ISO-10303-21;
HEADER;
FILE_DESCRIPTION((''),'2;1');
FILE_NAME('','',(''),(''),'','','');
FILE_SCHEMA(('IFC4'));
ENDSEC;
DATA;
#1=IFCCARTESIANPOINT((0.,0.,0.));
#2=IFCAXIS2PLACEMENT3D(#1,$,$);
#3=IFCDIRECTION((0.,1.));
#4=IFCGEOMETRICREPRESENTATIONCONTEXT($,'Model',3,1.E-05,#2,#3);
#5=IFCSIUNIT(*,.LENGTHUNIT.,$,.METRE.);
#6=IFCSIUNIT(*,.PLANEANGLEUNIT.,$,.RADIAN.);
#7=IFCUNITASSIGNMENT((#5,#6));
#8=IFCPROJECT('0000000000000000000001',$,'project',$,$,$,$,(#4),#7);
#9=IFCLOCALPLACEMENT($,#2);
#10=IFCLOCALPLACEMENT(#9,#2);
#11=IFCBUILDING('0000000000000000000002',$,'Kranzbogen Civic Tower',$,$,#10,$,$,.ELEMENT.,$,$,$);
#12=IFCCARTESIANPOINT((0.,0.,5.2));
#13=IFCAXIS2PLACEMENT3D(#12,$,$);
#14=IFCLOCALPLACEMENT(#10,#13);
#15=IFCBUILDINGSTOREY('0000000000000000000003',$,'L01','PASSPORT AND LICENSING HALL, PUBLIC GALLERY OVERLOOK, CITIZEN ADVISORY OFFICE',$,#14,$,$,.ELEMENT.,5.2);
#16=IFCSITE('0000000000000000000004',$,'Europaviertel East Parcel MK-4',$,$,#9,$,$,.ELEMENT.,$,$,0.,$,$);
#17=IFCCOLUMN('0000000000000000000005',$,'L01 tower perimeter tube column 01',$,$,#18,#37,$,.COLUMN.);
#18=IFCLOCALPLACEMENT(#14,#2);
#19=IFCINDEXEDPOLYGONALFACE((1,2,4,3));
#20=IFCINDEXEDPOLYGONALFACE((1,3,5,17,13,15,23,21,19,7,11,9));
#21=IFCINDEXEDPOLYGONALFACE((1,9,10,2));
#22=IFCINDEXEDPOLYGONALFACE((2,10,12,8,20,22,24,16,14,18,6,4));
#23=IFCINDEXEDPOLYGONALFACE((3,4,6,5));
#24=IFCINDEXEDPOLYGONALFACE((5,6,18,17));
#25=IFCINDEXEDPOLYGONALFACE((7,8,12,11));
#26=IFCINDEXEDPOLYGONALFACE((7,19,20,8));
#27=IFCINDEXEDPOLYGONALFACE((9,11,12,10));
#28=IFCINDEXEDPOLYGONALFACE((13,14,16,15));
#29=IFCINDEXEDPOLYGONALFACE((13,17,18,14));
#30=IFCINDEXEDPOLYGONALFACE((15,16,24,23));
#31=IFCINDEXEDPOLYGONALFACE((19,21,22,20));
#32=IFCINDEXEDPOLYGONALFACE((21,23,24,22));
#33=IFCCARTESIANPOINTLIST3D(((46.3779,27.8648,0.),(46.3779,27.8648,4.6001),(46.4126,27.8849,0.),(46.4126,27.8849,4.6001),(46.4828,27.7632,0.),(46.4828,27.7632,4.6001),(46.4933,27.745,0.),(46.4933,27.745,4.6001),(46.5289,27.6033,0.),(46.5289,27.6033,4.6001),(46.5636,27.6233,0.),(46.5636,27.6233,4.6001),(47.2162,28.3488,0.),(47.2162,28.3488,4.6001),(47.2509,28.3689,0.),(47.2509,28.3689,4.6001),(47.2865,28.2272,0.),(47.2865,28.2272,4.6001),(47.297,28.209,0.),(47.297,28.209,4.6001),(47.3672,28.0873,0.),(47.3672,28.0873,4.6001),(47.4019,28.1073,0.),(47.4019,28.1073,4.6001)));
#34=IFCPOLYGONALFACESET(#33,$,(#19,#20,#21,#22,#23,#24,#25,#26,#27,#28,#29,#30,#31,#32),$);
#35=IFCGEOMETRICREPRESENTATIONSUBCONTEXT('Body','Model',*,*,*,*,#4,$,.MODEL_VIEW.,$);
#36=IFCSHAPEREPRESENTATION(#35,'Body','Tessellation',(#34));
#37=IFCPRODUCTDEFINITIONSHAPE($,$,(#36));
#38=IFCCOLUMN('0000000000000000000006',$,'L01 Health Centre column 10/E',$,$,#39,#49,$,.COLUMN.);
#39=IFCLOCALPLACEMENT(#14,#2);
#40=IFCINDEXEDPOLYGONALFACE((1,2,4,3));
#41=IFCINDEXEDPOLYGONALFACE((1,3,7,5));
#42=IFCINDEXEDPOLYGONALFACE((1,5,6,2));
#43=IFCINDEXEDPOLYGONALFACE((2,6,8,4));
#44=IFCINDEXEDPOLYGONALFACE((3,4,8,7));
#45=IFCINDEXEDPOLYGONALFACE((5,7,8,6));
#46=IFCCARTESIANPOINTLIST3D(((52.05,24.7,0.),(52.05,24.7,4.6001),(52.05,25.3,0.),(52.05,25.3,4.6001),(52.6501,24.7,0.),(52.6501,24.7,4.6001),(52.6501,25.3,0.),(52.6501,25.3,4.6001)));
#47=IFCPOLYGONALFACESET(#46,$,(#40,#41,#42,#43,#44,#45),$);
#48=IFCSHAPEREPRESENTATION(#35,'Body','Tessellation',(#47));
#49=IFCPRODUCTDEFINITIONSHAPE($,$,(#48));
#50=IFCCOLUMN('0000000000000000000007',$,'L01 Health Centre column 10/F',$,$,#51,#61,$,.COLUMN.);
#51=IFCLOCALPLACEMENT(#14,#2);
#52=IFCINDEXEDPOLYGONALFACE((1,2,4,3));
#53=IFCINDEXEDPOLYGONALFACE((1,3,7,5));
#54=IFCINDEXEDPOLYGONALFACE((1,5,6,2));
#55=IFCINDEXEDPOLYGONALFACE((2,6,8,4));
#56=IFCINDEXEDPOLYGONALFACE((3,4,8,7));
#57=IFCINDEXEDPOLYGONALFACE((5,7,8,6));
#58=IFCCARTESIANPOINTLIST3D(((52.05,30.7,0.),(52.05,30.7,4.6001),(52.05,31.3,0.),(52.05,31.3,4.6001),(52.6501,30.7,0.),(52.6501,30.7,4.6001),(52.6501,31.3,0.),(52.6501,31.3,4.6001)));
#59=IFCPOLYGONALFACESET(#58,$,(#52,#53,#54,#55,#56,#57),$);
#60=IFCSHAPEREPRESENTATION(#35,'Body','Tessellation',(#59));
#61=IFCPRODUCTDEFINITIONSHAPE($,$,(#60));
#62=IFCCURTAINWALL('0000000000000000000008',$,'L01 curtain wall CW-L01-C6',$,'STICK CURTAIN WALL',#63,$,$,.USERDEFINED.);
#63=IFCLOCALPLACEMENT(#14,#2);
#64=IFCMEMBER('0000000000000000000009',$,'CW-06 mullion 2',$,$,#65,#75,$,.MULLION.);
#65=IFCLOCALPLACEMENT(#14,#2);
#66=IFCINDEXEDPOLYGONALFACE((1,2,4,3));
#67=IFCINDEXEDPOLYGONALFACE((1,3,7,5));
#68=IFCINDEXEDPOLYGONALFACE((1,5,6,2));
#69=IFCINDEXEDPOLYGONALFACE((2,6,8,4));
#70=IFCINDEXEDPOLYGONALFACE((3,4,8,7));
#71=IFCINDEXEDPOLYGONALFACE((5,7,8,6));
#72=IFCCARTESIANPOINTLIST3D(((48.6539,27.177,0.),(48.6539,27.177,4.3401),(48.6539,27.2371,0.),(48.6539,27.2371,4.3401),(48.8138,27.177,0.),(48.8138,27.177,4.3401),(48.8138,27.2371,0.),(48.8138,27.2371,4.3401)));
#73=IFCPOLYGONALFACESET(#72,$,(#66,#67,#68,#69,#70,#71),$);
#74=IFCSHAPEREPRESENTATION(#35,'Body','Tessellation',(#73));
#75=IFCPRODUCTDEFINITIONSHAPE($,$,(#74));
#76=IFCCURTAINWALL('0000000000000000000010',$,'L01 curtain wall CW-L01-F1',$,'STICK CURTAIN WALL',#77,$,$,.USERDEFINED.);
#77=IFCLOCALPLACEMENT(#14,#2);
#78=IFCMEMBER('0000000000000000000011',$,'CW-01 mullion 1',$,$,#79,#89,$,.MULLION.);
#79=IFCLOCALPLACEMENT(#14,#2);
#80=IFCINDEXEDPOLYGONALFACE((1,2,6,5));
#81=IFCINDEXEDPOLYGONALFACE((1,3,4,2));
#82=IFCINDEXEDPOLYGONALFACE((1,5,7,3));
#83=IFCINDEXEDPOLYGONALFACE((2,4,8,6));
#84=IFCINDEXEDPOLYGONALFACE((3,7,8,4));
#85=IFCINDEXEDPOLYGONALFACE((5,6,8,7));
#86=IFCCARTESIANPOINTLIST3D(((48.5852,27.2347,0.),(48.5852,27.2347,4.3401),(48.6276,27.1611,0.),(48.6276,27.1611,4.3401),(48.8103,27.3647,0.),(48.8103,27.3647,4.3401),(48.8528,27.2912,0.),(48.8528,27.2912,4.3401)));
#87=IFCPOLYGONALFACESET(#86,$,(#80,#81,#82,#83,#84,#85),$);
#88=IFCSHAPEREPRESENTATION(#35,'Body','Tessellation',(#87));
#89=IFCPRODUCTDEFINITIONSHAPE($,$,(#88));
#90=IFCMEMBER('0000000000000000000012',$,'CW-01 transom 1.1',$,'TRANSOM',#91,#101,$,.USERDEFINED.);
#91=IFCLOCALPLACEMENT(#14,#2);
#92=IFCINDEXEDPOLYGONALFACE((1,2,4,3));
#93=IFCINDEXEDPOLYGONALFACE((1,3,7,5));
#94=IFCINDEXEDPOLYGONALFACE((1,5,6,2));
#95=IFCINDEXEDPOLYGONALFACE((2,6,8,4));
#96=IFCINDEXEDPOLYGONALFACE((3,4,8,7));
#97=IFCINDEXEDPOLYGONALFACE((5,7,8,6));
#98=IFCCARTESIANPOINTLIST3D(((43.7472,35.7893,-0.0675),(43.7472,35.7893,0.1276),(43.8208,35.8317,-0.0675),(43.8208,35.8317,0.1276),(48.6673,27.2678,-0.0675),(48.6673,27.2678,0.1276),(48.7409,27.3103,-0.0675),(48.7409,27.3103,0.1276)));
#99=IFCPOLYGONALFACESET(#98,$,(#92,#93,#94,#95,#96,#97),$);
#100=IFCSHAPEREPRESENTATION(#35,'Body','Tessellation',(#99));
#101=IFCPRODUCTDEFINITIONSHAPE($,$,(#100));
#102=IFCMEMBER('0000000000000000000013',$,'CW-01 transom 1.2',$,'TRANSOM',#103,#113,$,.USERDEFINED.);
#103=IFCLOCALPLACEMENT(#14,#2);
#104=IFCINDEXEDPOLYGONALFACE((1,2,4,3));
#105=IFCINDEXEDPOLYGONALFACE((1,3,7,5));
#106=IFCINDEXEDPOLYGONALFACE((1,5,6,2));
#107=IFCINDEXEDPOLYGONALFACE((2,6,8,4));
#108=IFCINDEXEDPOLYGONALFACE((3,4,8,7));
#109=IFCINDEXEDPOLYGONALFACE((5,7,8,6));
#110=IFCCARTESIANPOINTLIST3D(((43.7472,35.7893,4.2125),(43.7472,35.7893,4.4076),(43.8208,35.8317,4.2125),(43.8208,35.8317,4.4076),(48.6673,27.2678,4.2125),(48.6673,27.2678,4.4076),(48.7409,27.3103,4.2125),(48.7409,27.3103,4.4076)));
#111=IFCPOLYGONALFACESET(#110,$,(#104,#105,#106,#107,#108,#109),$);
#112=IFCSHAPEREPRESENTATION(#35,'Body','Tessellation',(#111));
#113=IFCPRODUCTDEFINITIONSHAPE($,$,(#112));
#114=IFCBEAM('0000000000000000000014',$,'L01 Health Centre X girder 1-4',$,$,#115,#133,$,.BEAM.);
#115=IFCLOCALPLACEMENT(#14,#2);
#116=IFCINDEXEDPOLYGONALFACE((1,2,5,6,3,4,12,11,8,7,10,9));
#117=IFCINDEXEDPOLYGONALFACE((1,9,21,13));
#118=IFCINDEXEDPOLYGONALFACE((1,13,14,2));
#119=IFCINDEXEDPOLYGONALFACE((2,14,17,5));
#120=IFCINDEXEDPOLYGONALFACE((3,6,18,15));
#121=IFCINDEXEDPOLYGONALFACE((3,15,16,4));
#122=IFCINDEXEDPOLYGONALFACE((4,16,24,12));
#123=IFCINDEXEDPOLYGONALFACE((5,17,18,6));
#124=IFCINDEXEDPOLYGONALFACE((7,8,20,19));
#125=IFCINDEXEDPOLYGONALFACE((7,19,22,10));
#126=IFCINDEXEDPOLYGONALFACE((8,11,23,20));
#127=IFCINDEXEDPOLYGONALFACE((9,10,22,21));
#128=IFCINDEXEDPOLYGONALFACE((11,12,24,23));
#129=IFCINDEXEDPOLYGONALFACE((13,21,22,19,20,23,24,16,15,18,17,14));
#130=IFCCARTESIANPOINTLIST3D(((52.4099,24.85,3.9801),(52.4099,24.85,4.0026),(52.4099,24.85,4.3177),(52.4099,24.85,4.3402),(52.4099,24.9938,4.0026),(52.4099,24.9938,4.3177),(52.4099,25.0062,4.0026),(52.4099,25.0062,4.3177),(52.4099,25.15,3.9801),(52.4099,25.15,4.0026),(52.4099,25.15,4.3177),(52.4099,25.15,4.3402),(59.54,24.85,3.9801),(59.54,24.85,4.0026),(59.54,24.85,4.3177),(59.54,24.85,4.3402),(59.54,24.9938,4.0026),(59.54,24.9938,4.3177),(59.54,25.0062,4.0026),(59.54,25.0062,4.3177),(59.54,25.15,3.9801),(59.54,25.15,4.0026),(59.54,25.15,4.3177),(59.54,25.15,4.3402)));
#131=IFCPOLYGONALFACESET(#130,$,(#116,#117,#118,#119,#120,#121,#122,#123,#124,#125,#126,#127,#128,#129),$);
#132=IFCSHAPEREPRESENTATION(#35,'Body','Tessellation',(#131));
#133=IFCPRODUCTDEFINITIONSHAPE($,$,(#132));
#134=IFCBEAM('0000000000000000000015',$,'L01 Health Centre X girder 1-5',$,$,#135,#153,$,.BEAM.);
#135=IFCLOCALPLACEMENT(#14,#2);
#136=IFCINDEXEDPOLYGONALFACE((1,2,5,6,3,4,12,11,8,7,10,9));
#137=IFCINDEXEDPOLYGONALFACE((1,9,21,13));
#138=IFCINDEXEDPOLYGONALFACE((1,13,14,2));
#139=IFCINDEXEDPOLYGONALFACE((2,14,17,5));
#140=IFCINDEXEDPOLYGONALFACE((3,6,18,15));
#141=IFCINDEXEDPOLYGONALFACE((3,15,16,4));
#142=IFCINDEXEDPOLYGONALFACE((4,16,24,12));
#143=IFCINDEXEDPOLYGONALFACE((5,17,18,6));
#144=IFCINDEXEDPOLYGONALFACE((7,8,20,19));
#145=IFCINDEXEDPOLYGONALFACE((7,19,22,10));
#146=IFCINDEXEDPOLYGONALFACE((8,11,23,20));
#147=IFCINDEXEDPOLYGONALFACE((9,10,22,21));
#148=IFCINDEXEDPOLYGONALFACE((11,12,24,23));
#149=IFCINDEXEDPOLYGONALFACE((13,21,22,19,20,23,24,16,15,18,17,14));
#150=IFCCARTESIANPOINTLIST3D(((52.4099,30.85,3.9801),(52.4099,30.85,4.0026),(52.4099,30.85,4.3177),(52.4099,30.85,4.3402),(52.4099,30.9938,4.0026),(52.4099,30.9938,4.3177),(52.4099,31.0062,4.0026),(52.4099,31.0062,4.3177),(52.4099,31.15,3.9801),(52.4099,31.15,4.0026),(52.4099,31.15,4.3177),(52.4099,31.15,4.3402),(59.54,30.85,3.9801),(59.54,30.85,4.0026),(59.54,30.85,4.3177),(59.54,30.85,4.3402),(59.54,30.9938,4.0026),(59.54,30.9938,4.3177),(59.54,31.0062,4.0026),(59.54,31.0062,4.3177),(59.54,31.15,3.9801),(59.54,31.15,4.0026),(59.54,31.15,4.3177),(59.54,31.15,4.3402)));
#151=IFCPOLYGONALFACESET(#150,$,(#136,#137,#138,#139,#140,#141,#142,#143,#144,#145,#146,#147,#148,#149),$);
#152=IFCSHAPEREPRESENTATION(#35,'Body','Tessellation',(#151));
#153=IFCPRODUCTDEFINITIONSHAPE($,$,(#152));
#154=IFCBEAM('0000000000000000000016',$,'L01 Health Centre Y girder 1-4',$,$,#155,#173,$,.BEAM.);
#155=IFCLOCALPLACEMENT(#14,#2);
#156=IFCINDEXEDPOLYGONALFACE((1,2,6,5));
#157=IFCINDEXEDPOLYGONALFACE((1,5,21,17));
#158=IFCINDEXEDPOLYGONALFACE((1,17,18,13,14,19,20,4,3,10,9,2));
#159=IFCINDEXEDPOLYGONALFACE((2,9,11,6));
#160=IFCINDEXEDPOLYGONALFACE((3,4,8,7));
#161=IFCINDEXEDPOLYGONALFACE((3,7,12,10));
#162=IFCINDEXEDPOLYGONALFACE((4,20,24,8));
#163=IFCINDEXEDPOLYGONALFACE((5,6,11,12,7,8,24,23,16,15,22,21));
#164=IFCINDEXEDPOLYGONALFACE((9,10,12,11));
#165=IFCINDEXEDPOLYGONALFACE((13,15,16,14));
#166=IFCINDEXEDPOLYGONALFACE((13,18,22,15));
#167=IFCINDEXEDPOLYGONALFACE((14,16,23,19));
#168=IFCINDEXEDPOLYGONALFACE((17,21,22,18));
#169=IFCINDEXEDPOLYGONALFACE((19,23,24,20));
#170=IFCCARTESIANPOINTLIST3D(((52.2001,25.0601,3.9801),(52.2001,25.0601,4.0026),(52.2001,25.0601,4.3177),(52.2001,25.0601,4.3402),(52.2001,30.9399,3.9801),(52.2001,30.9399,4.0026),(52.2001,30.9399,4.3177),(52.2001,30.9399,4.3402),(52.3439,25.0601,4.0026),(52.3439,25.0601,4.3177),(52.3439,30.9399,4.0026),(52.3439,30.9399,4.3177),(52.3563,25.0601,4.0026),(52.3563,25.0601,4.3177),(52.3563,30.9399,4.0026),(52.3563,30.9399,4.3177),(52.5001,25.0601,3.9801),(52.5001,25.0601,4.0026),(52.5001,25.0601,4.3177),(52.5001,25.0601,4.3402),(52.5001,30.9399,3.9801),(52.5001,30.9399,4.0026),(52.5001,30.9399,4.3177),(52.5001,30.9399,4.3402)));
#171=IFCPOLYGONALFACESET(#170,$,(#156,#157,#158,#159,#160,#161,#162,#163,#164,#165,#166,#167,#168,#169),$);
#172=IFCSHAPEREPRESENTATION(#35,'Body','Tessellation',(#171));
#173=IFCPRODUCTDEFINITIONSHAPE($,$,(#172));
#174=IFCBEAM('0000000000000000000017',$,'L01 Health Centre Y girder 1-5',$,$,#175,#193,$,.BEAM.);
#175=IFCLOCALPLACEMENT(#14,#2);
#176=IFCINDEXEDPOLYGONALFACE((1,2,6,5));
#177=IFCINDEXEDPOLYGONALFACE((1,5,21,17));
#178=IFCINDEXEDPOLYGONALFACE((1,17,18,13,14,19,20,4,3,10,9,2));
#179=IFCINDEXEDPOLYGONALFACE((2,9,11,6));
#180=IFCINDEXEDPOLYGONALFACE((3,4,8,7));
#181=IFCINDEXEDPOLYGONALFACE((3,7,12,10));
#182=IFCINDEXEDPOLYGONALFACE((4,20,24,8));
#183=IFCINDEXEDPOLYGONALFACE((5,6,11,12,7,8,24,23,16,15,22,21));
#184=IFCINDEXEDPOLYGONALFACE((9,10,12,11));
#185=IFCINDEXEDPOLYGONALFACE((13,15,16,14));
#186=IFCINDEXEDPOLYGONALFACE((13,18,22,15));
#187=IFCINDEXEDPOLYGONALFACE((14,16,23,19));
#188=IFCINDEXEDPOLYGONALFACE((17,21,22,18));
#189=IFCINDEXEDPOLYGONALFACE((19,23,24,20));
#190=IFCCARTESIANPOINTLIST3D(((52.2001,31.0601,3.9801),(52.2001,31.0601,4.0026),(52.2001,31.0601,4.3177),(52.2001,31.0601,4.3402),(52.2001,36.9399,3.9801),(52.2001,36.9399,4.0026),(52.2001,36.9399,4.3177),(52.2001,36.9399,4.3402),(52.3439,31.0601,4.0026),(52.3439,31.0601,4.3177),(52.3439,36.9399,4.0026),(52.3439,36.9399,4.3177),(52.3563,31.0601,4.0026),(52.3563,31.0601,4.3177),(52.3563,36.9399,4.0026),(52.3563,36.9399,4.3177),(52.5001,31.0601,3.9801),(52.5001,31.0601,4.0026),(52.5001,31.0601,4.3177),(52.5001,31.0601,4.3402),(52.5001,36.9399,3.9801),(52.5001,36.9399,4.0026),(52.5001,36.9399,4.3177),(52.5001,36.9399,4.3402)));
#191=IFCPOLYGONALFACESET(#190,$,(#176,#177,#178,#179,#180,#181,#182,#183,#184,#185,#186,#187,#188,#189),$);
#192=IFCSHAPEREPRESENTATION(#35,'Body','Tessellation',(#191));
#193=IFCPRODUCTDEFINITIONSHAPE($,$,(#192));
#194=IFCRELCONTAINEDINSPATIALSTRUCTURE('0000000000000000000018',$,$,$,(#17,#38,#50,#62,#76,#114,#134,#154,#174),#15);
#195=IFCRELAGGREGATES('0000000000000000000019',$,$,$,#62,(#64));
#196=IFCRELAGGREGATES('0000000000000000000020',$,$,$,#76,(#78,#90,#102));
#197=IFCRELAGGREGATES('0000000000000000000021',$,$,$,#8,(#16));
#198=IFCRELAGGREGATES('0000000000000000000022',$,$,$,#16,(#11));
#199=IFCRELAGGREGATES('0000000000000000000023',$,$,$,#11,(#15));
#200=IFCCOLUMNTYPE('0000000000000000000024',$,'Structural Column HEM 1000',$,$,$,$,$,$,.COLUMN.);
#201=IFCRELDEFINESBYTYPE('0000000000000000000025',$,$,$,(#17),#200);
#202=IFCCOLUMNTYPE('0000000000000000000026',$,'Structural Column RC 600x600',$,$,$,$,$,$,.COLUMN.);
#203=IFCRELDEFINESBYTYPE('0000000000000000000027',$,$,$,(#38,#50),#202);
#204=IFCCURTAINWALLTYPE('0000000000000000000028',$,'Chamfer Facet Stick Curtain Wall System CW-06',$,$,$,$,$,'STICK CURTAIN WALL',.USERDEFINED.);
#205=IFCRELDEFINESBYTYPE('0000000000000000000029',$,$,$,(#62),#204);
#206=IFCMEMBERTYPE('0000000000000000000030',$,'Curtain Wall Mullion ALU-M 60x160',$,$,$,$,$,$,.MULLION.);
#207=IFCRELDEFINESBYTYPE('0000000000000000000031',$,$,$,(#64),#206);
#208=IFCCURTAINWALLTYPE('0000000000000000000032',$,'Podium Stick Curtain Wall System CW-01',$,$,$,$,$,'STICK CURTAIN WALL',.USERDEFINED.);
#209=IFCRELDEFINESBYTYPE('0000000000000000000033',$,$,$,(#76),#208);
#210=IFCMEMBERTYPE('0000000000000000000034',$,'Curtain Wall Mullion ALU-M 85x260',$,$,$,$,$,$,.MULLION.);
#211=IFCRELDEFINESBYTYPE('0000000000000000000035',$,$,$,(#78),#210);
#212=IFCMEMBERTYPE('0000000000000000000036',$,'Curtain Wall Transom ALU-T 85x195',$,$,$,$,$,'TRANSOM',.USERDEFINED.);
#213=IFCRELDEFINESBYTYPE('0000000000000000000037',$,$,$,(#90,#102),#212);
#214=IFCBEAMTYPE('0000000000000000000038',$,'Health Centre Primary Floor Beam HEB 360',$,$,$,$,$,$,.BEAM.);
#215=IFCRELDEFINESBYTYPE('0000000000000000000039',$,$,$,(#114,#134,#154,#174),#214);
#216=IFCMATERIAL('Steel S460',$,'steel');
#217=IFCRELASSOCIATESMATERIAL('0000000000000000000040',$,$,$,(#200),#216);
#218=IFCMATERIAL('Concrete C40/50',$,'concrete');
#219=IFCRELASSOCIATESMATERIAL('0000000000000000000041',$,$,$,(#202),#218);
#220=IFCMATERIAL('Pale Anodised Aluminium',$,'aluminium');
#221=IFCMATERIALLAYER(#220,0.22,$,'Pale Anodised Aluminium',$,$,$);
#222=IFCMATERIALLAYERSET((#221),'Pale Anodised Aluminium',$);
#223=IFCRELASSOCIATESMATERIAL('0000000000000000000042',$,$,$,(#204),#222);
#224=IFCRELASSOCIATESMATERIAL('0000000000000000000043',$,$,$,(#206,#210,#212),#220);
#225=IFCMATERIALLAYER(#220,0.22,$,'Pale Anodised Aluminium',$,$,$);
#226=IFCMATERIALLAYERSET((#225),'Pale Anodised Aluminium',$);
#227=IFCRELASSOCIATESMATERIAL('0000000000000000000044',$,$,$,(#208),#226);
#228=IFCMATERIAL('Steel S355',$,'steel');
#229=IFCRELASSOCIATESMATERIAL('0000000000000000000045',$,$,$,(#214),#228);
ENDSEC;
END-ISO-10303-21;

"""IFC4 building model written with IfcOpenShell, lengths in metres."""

from ifc_helpers import new_model, si_unit, direction, frame, origin, origin_2d, place, context, subcontext, project, spatial, rectangle, i_section, extrude, material, layer, layer_set, material_profile, profile_set, type_object, element, aggregate, save


model = new_model("IFC4")

# Units and contexts
model_context = context("Model", 3, precision=1e-05, world=origin(), true_north=direction((0.0, 1.0)))
body_context = subcontext(model_context, "Body", "Model", "MODEL_VIEW")
ifc_project = project(units=[si_unit("LENGTHUNIT", "METRE"), si_unit("PLANEANGLEUNIT", "RADIAN")], contexts=[model_context])

# Site, building, storey
site_placement = place(None, origin())
site = spatial("IfcSite", under=ifc_project, at=site_placement, Name="Europaviertel East Parcel MK-4", CompositionType="ELEMENT", RefElevation=0.0)
building_placement = place(site_placement, origin())
building = spatial("IfcBuilding", under=site, at=building_placement, Name="Kranzbogen Civic Tower", CompositionType="ELEMENT")
storey_placement = place(building_placement, frame((0.0, 0.0, 5.2)))
storey = spatial("IfcBuildingStorey", under=building, at=storey_placement, Name="L01", Description="PASSPORT AND LICENSING HALL, PUBLIC GALLERY OVERLOOK, CITIZEN ADVISORY OFFICE", CompositionType="ELEMENT", Elevation=5.2)

# Columns
ifc_material_1 = material(Name="Steel S460", Category="steel")
ifc_material_profile_1 = material_profile(ifc_material_1, i_section(OverallWidth=0.302, OverallDepth=1.0081, WebThickness=0.021, FlangeThickness=0.04, at=origin_2d()), Name="HEM 1000")
ifc_profile_set_1 = profile_set([ifc_material_profile_1], Name="Steel S460")
column_type_1 = type_object("IfcColumnType", Name="Structural Column HEM 1000", PredefinedType="COLUMN", material=ifc_profile_set_1)
column_placement = place(storey_placement, frame((46.8899, 27.9861, 0.0), z_axis=(0.0, 0.0, 1.0), x_axis=(-0.5, 0.866025, 0.0)))
element("IfcColumn", 1, at=column_placement, inside=storey, type_object=column_type_1, Name="L01 tower perimeter tube column 01", PredefinedType="COLUMN", context=body_context, shape_type="SweptSolid", body=[
    extrude(i_section(OverallWidth=0.302, OverallDepth=1.0081, WebThickness=0.021, FlangeThickness=0.04, at=origin_2d()), origin(), (0.0, 0.0, 1.0), 4.6001),
])
ifc_material_2 = material(Name="Concrete C40/50", Category="concrete")
ifc_material_profile_2 = material_profile(ifc_material_2, rectangle(XDim=0.6001, YDim=0.6001, at=origin_2d()), Name="RC 600x600")
ifc_profile_set_2 = profile_set([ifc_material_profile_2], Name="Concrete C40/50")
column_type_2 = type_object("IfcColumnType", Name="Structural Column RC 600x600", PredefinedType="COLUMN", material=ifc_profile_set_2)
for number, where, z_axis, x_axis, name in (
    (2, (52.3501, 25.0, 0.0), (0.0, 0.0, 1.0), (1.0, 0.0, 0.0), "L01 Health Centre column 10/E"),
    (3, (52.3501, 31.0, 0.0), (0.0, 0.0, 1.0), (1.0, 0.0, 0.0), "L01 Health Centre column 10/F"),
):
    element("IfcColumn", number, at=place(storey_placement, frame(where, z_axis=z_axis, x_axis=x_axis)), inside=storey, type_object=column_type_2, Name=name, PredefinedType="COLUMN", context=body_context, shape_type="SweptSolid", body=[
        extrude(rectangle(XDim=0.6001, YDim=0.6001, at=origin_2d()), origin(), (0.0, 0.0, 1.0), 4.6001),
    ])

# Curtain wall, member
ifc_material_3 = material(Name="Pale Anodised Aluminium", Category="aluminium")
ifc_layer_1 = layer(ifc_material_3, 0.22, Name="Pale Anodised Aluminium")
ifc_layer_set_1 = layer_set([ifc_layer_1], Name="Pale Anodised Aluminium")
curtain_wall_type_1 = type_object("IfcCurtainWallType", Name="Chamfer Facet Stick Curtain Wall System CW-06", ElementType="STICK CURTAIN WALL", PredefinedType="USERDEFINED", material=ifc_layer_set_1)
curtain_wall_1_placement = place(storey_placement, origin())
curtain_wall_1 = element("IfcCurtainWall", 4, at=curtain_wall_1_placement, inside=storey, type_object=curtain_wall_type_1, Name="L01 curtain wall CW-L01-C6", ObjectType="STICK CURTAIN WALL", PredefinedType="USERDEFINED")
ifc_material_profile_3 = material_profile(ifc_material_3, rectangle(XDim=0.0601, YDim=0.1599, at=origin_2d()), Name="ALU-M 60x160")
ifc_profile_set_3 = profile_set([ifc_material_profile_3], Name="Pale Anodised Aluminium")
member_type_1 = type_object("IfcMemberType", Name="Curtain Wall Mullion ALU-M 60x160", PredefinedType="MULLION", material=ifc_profile_set_3)
member_1_placement = place(storey_placement, frame((48.7339, 27.207, 0.0), z_axis=(0.0, 0.0, 1.0), x_axis=(0.0, 1.0, 0.0)))
member_1 = element("IfcMember", 5, at=member_1_placement, type_object=member_type_1, Name="CW-06 mullion 2", PredefinedType="MULLION", context=body_context, shape_type="SweptSolid", body=[
    extrude(rectangle(XDim=0.0601, YDim=0.1599, at=origin_2d()), origin(), (0.0, 0.0, 1.0), 4.3401),
])

# Curtain wall, members
ifc_layer_2 = layer(ifc_material_3, 0.22, Name="Pale Anodised Aluminium")
ifc_layer_set_2 = layer_set([ifc_layer_2], Name="Pale Anodised Aluminium")
curtain_wall_type_2 = type_object("IfcCurtainWallType", Name="Podium Stick Curtain Wall System CW-01", ElementType="STICK CURTAIN WALL", PredefinedType="USERDEFINED", material=ifc_layer_set_2)
curtain_wall_2_placement = place(storey_placement, origin())
curtain_wall_2 = element("IfcCurtainWall", 6, at=curtain_wall_2_placement, inside=storey, type_object=curtain_wall_type_2, Name="L01 curtain wall CW-L01-F1", ObjectType="STICK CURTAIN WALL", PredefinedType="USERDEFINED")
ifc_material_profile_4 = material_profile(ifc_material_3, rectangle(XDim=0.085, YDim=0.26, at=origin_2d()), Name="ALU-M 85x260")
ifc_profile_set_4 = profile_set([ifc_material_profile_4], Name="Pale Anodised Aluminium")
member_type_2 = type_object("IfcMemberType", Name="Curtain Wall Mullion ALU-M 85x260", PredefinedType="MULLION", material=ifc_profile_set_4)
member_2_placement = place(storey_placement, frame((48.719, 27.2629, 0.0), z_axis=(0.0, 0.0, 1.0), x_axis=(-0.500006, 0.866022, 0.0)))
member_2 = element("IfcMember", 7, at=member_2_placement, type_object=member_type_2, Name="CW-01 mullion 1", PredefinedType="MULLION", context=body_context, shape_type="SweptSolid", body=[
    extrude(rectangle(XDim=0.085, YDim=0.26, at=origin_2d()), origin(), (0.0, 0.0, 1.0), 4.3401),
])
ifc_material_profile_5 = material_profile(ifc_material_3, rectangle(XDim=0.085, YDim=0.1951, at=origin_2d()), Name="ALU-T 85x195")
ifc_profile_set_5 = profile_set([ifc_material_profile_5], Name="Pale Anodised Aluminium")
member_type_3 = type_object("IfcMemberType", Name="Curtain Wall Transom ALU-T 85x195", ElementType="TRANSOM", PredefinedType="USERDEFINED", material=ifc_profile_set_5)
member_3_placement = place(storey_placement, frame((48.7041, 27.2891, 0.03), z_axis=(-0.500022, 0.866013, 0.0), x_axis=(-0.866013, -0.500022, 0.0)))
member_3 = element("IfcMember", 8, at=member_3_placement, type_object=member_type_3, Name="CW-01 transom 1.1", ObjectType="TRANSOM", PredefinedType="USERDEFINED", context=body_context, shape_type="SweptSolid", body=[
    extrude(rectangle(XDim=0.085, YDim=0.1951, at=origin_2d()), origin(), (0.0, 0.0, 1.0), 9.8398),
])
member_4_placement = place(storey_placement, frame((48.7041, 27.2891, 4.3101), z_axis=(-0.500022, 0.866013, 0.0), x_axis=(-0.866013, -0.500022, 0.0)))
member_4 = element("IfcMember", 9, at=member_4_placement, type_object=member_type_3, Name="CW-01 transom 1.2", ObjectType="TRANSOM", PredefinedType="USERDEFINED", context=body_context, shape_type="SweptSolid", body=[
    extrude(rectangle(XDim=0.085, YDim=0.1951, at=origin_2d()), origin(), (0.0, 0.0, 1.0), 9.8398),
])

# Beams
ifc_material_4 = material(Name="Steel S355", Category="steel")
ifc_material_profile_6 = material_profile(ifc_material_4, i_section(OverallWidth=0.3, OverallDepth=0.3601, WebThickness=0.0125, FlangeThickness=0.0225, at=origin_2d()), Name="HEB 360")
ifc_profile_set_6 = profile_set([ifc_material_profile_6], Name="Steel S355")
beam_type_1 = type_object("IfcBeamType", Name="Health Centre Primary Floor Beam HEB 360", PredefinedType="BEAM", material=ifc_profile_set_6)
for number, where, z_axis, x_axis, name in (
    (10, (52.4099, 25.0, 4.1602), (1.0, 0.0, 0.0), (0.0, 1.0, 0.0), "L01 Health Centre X girder 1-4"),
    (11, (52.4099, 31.0, 4.1602), (1.0, 0.0, 0.0), (0.0, 1.0, 0.0), "L01 Health Centre X girder 1-5"),
):
    element("IfcBeam", number, at=place(storey_placement, frame(where, z_axis=z_axis, x_axis=x_axis)), inside=storey, type_object=beam_type_1, Name=name, PredefinedType="BEAM", context=body_context, shape_type="SweptSolid", body=[
        extrude(i_section(OverallWidth=0.3, OverallDepth=0.3601, WebThickness=0.0125, FlangeThickness=0.0225, at=origin_2d()), origin(), (0.0, 0.0, 1.0), 7.1301),
    ])
for number, where, z_axis, x_axis, name in (
    (12, (52.3501, 25.0601, 4.1602), (0.0, 1.0, 0.0), (-1.0, 0.0, 0.0), "L01 Health Centre Y girder 1-4"),
    (13, (52.3501, 31.0601, 4.1602), (0.0, 1.0, 0.0), (-1.0, 0.0, 0.0), "L01 Health Centre Y girder 1-5"),
):
    element("IfcBeam", number, at=place(storey_placement, frame(where, z_axis=z_axis, x_axis=x_axis)), inside=storey, type_object=beam_type_1, Name=name, PredefinedType="BEAM", context=body_context, shape_type="SweptSolid", body=[
        extrude(i_section(OverallWidth=0.3, OverallDepth=0.3601, WebThickness=0.0125, FlangeThickness=0.0225, at=origin_2d()), origin(), (0.0, 0.0, 1.0), 5.8799),
    ])

aggregate(curtain_wall_1, [member_1])
aggregate(curtain_wall_2, [member_2, member_3, member_4])

save(model, "model.ifc")
